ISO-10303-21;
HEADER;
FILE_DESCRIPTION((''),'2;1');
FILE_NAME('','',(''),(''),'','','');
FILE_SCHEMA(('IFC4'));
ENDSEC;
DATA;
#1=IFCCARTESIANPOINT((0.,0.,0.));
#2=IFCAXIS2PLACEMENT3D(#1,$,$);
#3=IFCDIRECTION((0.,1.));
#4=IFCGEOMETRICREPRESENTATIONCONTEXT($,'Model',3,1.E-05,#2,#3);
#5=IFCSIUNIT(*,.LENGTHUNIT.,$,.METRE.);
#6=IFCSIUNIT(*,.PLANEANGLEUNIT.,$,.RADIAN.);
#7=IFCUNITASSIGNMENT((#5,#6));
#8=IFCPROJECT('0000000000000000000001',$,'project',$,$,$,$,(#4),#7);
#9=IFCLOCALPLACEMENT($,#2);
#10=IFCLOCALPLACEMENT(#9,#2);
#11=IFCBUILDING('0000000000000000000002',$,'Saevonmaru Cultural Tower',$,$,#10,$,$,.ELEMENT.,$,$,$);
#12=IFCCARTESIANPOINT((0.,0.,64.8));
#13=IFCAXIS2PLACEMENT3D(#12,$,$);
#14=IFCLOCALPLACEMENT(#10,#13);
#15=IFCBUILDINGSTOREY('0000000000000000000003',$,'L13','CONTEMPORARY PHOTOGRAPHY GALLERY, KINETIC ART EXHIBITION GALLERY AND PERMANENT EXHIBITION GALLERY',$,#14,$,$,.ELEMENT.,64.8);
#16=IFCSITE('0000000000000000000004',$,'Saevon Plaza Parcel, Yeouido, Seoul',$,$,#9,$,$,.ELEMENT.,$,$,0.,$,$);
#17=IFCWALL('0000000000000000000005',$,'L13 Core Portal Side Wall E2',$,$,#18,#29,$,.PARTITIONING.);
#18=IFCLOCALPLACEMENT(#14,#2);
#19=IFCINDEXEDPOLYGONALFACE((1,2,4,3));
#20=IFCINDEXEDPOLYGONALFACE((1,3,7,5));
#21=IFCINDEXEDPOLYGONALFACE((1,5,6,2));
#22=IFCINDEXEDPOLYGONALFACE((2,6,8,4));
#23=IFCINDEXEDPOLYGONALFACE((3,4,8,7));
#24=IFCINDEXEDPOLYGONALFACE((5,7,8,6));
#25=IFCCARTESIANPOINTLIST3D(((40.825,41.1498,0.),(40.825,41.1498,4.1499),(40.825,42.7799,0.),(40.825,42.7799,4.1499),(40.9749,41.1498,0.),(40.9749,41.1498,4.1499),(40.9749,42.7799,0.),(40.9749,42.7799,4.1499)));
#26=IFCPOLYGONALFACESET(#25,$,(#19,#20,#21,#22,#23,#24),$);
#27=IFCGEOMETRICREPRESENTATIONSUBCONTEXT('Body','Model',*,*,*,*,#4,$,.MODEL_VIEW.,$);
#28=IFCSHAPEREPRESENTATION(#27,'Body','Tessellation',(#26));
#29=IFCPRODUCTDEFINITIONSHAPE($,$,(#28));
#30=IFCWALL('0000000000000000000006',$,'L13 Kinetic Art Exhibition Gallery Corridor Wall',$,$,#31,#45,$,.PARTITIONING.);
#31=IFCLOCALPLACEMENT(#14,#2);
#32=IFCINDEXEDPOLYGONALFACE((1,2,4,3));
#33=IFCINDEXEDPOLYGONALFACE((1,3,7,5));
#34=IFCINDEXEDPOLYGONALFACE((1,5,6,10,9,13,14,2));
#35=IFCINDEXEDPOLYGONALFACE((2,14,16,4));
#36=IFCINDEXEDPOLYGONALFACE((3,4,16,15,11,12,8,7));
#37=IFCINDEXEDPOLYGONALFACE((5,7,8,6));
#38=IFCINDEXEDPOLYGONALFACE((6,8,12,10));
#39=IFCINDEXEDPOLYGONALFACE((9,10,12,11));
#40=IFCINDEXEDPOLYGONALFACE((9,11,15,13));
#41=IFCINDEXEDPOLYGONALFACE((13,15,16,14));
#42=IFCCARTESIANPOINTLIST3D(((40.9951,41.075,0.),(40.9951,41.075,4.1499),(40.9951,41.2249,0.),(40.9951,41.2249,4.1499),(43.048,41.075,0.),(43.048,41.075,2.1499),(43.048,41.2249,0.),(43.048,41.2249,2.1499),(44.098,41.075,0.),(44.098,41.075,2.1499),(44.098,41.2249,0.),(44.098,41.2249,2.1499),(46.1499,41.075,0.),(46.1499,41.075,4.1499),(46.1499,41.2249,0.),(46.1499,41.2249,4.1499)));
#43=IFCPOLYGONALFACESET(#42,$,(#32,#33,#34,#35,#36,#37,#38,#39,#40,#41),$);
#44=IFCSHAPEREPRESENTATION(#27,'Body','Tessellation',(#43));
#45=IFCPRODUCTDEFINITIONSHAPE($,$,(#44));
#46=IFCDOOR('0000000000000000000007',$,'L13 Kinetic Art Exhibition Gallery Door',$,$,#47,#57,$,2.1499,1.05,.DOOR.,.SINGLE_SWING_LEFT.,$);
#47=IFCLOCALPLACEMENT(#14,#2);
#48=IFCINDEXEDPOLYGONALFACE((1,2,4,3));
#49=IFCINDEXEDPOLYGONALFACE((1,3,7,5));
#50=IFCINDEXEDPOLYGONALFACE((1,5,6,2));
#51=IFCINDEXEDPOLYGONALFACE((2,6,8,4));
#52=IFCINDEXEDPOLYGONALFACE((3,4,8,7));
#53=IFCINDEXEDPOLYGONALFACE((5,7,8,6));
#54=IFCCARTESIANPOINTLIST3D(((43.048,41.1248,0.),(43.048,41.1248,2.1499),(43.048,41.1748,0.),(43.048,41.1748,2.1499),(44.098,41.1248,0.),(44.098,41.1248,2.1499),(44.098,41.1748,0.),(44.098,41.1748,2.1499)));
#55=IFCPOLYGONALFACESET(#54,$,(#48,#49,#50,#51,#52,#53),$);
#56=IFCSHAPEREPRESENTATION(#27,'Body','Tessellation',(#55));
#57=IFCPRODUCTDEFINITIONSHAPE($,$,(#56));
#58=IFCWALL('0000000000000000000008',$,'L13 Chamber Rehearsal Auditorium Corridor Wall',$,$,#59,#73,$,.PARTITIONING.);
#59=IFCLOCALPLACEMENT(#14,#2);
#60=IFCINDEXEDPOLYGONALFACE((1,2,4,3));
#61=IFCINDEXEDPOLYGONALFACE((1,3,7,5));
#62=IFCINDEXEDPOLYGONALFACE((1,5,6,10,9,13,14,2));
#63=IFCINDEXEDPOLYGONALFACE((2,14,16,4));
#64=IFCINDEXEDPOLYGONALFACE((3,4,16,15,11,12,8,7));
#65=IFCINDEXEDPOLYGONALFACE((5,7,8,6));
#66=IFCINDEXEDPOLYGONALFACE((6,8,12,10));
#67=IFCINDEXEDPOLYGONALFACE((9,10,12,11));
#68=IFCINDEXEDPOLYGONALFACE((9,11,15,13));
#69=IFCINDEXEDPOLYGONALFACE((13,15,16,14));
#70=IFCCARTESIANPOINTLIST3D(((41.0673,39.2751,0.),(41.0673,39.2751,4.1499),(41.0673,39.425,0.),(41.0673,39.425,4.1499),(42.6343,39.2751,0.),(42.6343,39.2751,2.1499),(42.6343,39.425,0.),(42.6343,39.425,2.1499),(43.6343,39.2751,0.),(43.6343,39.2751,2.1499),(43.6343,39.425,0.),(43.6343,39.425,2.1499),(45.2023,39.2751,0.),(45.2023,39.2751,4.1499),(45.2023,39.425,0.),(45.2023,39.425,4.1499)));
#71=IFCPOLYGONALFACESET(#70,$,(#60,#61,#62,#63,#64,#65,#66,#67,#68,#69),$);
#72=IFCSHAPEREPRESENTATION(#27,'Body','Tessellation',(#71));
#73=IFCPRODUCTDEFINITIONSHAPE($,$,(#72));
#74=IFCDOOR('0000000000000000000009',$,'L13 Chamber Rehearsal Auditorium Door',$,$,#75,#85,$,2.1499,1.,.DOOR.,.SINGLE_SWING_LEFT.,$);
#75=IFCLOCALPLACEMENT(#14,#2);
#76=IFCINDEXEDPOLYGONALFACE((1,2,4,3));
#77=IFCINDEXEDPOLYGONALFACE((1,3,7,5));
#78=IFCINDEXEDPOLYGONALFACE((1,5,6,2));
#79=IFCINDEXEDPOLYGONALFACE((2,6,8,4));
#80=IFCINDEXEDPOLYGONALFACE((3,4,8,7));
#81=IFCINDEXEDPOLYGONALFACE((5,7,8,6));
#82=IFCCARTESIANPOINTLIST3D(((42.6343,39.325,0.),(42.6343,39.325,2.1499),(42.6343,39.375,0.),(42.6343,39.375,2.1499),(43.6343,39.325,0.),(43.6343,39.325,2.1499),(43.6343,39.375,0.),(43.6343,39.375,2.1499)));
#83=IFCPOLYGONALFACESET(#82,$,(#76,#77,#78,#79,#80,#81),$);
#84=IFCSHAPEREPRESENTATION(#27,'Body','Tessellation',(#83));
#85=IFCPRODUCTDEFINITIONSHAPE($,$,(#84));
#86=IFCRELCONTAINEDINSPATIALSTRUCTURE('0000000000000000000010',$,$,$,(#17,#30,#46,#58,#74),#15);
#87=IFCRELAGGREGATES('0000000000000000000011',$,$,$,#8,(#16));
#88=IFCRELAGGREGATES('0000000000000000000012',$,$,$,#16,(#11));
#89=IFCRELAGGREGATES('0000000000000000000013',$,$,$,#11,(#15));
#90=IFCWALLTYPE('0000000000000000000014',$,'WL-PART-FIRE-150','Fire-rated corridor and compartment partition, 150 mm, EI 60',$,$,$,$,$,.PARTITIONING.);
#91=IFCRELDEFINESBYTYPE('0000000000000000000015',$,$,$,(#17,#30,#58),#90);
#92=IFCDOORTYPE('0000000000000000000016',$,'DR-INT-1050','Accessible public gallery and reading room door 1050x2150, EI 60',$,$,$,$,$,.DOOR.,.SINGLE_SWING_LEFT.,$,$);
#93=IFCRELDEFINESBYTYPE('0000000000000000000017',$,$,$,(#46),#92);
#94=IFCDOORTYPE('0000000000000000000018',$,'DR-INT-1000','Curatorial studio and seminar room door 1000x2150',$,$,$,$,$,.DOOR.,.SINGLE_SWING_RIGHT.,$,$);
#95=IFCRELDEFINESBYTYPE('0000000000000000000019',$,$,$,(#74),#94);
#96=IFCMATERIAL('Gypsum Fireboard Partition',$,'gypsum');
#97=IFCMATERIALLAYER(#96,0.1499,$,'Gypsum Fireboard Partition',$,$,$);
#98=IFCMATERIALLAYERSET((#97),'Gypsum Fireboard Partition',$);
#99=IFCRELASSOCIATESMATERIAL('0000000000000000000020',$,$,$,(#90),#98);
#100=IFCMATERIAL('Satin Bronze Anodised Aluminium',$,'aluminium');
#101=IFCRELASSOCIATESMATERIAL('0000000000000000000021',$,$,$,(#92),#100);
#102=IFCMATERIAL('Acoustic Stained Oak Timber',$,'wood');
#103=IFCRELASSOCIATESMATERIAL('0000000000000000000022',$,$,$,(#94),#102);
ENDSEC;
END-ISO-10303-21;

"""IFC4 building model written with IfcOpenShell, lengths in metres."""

from ifc_helpers import new_model, si_unit, direction, frame, frame_2d, origin, place, context, subcontext, project, spatial, rectangle, extrude, material, layer, layer_set, type_object, element, fill, save


model = new_model("IFC4")

# Units and contexts
model_context = context("Model", 3, precision=1e-05, world=origin(), true_north=direction((0.0, 1.0)))
body_context = subcontext(model_context, "Body", "Model", "MODEL_VIEW")
ifc_project = project(units=[si_unit("LENGTHUNIT", "METRE"), si_unit("PLANEANGLEUNIT", "RADIAN")], contexts=[model_context])

# Site, building, storey
site_placement = place(None, origin())
site = spatial("IfcSite", under=ifc_project, at=site_placement, Name="Saevon Plaza Parcel, Yeouido, Seoul", CompositionType="ELEMENT", RefElevation=0.0)
building_placement = place(site_placement, origin())
building = spatial("IfcBuilding", under=site, at=building_placement, Name="Saevonmaru Cultural Tower", CompositionType="ELEMENT")
storey_placement = place(building_placement, frame((0.0, 0.0, 64.8)))
storey = spatial("IfcBuildingStorey", under=building, at=storey_placement, Name="L13", Description="CONTEMPORARY PHOTOGRAPHY GALLERY, KINETIC ART EXHIBITION GALLERY AND PERMANENT EXHIBITION GALLERY", CompositionType="ELEMENT", Elevation=64.8)

# Shared definitions
ifc_material_1 = material(Name="Gypsum Fireboard Partition", Category="gypsum")
ifc_material_2 = material(Name="Satin Bronze Anodised Aluminium", Category="aluminium")

# Wall
ifc_layer_1 = layer(ifc_material_1, 0.1499, Name="Gypsum Fireboard Partition")
ifc_layer_set_1 = layer_set([ifc_layer_1], Name="Gypsum Fireboard Partition")
wall_type_1 = type_object("IfcWallType", Name="WL-PART-FIRE-150", Description="Fire-rated corridor and compartment partition, 150 mm, EI 60", PredefinedType="PARTITIONING", material=ifc_layer_set_1)
for number, where, z_axis, x_axis, name in (
    (1, (40.8999, 41.1499, 0.0), (0.0, 0.0, 1.0), (0.0, 1.0, 0.0), "L13 Core Portal Side Wall E2"),
):
    element("IfcWall", number, at=place(storey_placement, frame(where, z_axis=z_axis, x_axis=x_axis)), inside=storey, type_object=wall_type_1, Name=name, PredefinedType="PARTITIONING", context=body_context, shape_type="SweptSolid", body=[
        extrude(rectangle(XDim=1.6301, YDim=0.1499, at=frame_2d((0.8149, 0.0))), origin(), (0.0, 0.0, 1.0), 4.1499),
    ])

# Walls, openings, doors
wall_1_placement = place(storey_placement, frame((40.9951, 41.1499, 0.0), z_axis=(0.0, 0.0, 1.0), x_axis=(1.0, 0.0, 0.0)))
wall_1 = element("IfcWall", 2, at=wall_1_placement, inside=storey, type_object=wall_type_1, Name="L13 Kinetic Art Exhibition Gallery Corridor Wall", PredefinedType="PARTITIONING", context=body_context, shape_type="SweptSolid", body=[
    extrude(rectangle(XDim=5.1548, YDim=0.1499, at=frame_2d((2.5774, 0.0))), origin(), (0.0, 0.0, 1.0), 4.1499),
])
opening_1_placement = place(wall_1_placement, frame((2.053, 0.0, 0.0)))
opening_1 = element("IfcOpeningElement", 3, at=opening_1_placement, cuts=wall_1, PredefinedType="OPENING", context=body_context, shape_type="SweptSolid", body=[
    extrude(rectangle(XDim=1.05, YDim=2.1499, at=frame_2d((0.5249, 1.075))), frame((0.0, 0.085, 0.0), z_axis=(0.0, -1.0, 0.0), x_axis=(1.0, 0.0, 0.0)), (0.0, 0.0, 1.0), 0.1699),
])
door_type_1 = type_object("IfcDoorType", Name="DR-INT-1050", Description="Accessible public gallery and reading room door 1050x2150, EI 60", OperationType="SINGLE_SWING_LEFT", PredefinedType="DOOR", material=ifc_material_2)
door_1_placement = place(opening_1_placement, origin())
door_1 = element("IfcDoor", 4, at=door_1_placement, inside=storey, type_object=door_type_1, Name="L13 Kinetic Art Exhibition Gallery Door", OperationType="SINGLE_SWING_LEFT", OverallHeight=2.1499, OverallWidth=1.05, PredefinedType="DOOR", context=body_context, shape_type="SweptSolid", body=[
    extrude(rectangle(XDim=1.05, YDim=2.1499, at=frame_2d((0.5249, 1.075))), frame((0.0, 0.0249, 0.0), z_axis=(0.0, -1.0, 0.0), x_axis=(1.0, 0.0, 0.0)), (0.0, 0.0, 1.0), 0.05),
])
fill(opening_1, door_1)
wall_2_placement = place(storey_placement, frame((41.0674, 39.3501, 0.0), z_axis=(0.0, 0.0, 1.0), x_axis=(1.0, 0.0, 0.0)))
wall_2 = element("IfcWall", 5, at=wall_2_placement, inside=storey, type_object=wall_type_1, Name="L13 Chamber Rehearsal Auditorium Corridor Wall", PredefinedType="PARTITIONING", context=body_context, shape_type="SweptSolid", body=[
    extrude(rectangle(XDim=4.135, YDim=0.1499, at=frame_2d((2.0674, 0.0))), origin(), (0.0, 0.0, 1.0), 4.1499),
])
opening_2_placement = place(wall_2_placement, frame((1.5669, 0.0, 0.0)))
opening_2 = element("IfcOpeningElement", 6, at=opening_2_placement, cuts=wall_2, PredefinedType="OPENING", context=body_context, shape_type="SweptSolid", body=[
    extrude(rectangle(XDim=1.0, YDim=2.1499, at=frame_2d((0.5, 1.075))), frame((0.0, 0.085, 0.0), z_axis=(0.0, -1.0, 0.0), x_axis=(1.0, 0.0, 0.0)), (0.0, 0.0, 1.0), 0.1699),
])
ifc_material_3 = material(Name="Acoustic Stained Oak Timber", Category="wood")
door_type_2 = type_object("IfcDoorType", Name="DR-INT-1000", Description="Curatorial studio and seminar room door 1000x2150", OperationType="SINGLE_SWING_RIGHT", PredefinedType="DOOR", material=ifc_material_3)
door_2_placement = place(opening_2_placement, origin())
door_2 = element("IfcDoor", 7, at=door_2_placement, inside=storey, type_object=door_type_2, Name="L13 Chamber Rehearsal Auditorium Door", OperationType="SINGLE_SWING_LEFT", OverallHeight=2.1499, OverallWidth=1.0, PredefinedType="DOOR", context=body_context, shape_type="SweptSolid", body=[
    extrude(rectangle(XDim=1.0, YDim=2.1499, at=frame_2d((0.5, 1.075))), frame((0.0, 0.0249, 0.0), z_axis=(0.0, -1.0, 0.0), x_axis=(1.0, 0.0, 0.0)), (0.0, 0.0, 1.0), 0.05),
])
fill(opening_2, door_2)

save(model, "model.ifc")
